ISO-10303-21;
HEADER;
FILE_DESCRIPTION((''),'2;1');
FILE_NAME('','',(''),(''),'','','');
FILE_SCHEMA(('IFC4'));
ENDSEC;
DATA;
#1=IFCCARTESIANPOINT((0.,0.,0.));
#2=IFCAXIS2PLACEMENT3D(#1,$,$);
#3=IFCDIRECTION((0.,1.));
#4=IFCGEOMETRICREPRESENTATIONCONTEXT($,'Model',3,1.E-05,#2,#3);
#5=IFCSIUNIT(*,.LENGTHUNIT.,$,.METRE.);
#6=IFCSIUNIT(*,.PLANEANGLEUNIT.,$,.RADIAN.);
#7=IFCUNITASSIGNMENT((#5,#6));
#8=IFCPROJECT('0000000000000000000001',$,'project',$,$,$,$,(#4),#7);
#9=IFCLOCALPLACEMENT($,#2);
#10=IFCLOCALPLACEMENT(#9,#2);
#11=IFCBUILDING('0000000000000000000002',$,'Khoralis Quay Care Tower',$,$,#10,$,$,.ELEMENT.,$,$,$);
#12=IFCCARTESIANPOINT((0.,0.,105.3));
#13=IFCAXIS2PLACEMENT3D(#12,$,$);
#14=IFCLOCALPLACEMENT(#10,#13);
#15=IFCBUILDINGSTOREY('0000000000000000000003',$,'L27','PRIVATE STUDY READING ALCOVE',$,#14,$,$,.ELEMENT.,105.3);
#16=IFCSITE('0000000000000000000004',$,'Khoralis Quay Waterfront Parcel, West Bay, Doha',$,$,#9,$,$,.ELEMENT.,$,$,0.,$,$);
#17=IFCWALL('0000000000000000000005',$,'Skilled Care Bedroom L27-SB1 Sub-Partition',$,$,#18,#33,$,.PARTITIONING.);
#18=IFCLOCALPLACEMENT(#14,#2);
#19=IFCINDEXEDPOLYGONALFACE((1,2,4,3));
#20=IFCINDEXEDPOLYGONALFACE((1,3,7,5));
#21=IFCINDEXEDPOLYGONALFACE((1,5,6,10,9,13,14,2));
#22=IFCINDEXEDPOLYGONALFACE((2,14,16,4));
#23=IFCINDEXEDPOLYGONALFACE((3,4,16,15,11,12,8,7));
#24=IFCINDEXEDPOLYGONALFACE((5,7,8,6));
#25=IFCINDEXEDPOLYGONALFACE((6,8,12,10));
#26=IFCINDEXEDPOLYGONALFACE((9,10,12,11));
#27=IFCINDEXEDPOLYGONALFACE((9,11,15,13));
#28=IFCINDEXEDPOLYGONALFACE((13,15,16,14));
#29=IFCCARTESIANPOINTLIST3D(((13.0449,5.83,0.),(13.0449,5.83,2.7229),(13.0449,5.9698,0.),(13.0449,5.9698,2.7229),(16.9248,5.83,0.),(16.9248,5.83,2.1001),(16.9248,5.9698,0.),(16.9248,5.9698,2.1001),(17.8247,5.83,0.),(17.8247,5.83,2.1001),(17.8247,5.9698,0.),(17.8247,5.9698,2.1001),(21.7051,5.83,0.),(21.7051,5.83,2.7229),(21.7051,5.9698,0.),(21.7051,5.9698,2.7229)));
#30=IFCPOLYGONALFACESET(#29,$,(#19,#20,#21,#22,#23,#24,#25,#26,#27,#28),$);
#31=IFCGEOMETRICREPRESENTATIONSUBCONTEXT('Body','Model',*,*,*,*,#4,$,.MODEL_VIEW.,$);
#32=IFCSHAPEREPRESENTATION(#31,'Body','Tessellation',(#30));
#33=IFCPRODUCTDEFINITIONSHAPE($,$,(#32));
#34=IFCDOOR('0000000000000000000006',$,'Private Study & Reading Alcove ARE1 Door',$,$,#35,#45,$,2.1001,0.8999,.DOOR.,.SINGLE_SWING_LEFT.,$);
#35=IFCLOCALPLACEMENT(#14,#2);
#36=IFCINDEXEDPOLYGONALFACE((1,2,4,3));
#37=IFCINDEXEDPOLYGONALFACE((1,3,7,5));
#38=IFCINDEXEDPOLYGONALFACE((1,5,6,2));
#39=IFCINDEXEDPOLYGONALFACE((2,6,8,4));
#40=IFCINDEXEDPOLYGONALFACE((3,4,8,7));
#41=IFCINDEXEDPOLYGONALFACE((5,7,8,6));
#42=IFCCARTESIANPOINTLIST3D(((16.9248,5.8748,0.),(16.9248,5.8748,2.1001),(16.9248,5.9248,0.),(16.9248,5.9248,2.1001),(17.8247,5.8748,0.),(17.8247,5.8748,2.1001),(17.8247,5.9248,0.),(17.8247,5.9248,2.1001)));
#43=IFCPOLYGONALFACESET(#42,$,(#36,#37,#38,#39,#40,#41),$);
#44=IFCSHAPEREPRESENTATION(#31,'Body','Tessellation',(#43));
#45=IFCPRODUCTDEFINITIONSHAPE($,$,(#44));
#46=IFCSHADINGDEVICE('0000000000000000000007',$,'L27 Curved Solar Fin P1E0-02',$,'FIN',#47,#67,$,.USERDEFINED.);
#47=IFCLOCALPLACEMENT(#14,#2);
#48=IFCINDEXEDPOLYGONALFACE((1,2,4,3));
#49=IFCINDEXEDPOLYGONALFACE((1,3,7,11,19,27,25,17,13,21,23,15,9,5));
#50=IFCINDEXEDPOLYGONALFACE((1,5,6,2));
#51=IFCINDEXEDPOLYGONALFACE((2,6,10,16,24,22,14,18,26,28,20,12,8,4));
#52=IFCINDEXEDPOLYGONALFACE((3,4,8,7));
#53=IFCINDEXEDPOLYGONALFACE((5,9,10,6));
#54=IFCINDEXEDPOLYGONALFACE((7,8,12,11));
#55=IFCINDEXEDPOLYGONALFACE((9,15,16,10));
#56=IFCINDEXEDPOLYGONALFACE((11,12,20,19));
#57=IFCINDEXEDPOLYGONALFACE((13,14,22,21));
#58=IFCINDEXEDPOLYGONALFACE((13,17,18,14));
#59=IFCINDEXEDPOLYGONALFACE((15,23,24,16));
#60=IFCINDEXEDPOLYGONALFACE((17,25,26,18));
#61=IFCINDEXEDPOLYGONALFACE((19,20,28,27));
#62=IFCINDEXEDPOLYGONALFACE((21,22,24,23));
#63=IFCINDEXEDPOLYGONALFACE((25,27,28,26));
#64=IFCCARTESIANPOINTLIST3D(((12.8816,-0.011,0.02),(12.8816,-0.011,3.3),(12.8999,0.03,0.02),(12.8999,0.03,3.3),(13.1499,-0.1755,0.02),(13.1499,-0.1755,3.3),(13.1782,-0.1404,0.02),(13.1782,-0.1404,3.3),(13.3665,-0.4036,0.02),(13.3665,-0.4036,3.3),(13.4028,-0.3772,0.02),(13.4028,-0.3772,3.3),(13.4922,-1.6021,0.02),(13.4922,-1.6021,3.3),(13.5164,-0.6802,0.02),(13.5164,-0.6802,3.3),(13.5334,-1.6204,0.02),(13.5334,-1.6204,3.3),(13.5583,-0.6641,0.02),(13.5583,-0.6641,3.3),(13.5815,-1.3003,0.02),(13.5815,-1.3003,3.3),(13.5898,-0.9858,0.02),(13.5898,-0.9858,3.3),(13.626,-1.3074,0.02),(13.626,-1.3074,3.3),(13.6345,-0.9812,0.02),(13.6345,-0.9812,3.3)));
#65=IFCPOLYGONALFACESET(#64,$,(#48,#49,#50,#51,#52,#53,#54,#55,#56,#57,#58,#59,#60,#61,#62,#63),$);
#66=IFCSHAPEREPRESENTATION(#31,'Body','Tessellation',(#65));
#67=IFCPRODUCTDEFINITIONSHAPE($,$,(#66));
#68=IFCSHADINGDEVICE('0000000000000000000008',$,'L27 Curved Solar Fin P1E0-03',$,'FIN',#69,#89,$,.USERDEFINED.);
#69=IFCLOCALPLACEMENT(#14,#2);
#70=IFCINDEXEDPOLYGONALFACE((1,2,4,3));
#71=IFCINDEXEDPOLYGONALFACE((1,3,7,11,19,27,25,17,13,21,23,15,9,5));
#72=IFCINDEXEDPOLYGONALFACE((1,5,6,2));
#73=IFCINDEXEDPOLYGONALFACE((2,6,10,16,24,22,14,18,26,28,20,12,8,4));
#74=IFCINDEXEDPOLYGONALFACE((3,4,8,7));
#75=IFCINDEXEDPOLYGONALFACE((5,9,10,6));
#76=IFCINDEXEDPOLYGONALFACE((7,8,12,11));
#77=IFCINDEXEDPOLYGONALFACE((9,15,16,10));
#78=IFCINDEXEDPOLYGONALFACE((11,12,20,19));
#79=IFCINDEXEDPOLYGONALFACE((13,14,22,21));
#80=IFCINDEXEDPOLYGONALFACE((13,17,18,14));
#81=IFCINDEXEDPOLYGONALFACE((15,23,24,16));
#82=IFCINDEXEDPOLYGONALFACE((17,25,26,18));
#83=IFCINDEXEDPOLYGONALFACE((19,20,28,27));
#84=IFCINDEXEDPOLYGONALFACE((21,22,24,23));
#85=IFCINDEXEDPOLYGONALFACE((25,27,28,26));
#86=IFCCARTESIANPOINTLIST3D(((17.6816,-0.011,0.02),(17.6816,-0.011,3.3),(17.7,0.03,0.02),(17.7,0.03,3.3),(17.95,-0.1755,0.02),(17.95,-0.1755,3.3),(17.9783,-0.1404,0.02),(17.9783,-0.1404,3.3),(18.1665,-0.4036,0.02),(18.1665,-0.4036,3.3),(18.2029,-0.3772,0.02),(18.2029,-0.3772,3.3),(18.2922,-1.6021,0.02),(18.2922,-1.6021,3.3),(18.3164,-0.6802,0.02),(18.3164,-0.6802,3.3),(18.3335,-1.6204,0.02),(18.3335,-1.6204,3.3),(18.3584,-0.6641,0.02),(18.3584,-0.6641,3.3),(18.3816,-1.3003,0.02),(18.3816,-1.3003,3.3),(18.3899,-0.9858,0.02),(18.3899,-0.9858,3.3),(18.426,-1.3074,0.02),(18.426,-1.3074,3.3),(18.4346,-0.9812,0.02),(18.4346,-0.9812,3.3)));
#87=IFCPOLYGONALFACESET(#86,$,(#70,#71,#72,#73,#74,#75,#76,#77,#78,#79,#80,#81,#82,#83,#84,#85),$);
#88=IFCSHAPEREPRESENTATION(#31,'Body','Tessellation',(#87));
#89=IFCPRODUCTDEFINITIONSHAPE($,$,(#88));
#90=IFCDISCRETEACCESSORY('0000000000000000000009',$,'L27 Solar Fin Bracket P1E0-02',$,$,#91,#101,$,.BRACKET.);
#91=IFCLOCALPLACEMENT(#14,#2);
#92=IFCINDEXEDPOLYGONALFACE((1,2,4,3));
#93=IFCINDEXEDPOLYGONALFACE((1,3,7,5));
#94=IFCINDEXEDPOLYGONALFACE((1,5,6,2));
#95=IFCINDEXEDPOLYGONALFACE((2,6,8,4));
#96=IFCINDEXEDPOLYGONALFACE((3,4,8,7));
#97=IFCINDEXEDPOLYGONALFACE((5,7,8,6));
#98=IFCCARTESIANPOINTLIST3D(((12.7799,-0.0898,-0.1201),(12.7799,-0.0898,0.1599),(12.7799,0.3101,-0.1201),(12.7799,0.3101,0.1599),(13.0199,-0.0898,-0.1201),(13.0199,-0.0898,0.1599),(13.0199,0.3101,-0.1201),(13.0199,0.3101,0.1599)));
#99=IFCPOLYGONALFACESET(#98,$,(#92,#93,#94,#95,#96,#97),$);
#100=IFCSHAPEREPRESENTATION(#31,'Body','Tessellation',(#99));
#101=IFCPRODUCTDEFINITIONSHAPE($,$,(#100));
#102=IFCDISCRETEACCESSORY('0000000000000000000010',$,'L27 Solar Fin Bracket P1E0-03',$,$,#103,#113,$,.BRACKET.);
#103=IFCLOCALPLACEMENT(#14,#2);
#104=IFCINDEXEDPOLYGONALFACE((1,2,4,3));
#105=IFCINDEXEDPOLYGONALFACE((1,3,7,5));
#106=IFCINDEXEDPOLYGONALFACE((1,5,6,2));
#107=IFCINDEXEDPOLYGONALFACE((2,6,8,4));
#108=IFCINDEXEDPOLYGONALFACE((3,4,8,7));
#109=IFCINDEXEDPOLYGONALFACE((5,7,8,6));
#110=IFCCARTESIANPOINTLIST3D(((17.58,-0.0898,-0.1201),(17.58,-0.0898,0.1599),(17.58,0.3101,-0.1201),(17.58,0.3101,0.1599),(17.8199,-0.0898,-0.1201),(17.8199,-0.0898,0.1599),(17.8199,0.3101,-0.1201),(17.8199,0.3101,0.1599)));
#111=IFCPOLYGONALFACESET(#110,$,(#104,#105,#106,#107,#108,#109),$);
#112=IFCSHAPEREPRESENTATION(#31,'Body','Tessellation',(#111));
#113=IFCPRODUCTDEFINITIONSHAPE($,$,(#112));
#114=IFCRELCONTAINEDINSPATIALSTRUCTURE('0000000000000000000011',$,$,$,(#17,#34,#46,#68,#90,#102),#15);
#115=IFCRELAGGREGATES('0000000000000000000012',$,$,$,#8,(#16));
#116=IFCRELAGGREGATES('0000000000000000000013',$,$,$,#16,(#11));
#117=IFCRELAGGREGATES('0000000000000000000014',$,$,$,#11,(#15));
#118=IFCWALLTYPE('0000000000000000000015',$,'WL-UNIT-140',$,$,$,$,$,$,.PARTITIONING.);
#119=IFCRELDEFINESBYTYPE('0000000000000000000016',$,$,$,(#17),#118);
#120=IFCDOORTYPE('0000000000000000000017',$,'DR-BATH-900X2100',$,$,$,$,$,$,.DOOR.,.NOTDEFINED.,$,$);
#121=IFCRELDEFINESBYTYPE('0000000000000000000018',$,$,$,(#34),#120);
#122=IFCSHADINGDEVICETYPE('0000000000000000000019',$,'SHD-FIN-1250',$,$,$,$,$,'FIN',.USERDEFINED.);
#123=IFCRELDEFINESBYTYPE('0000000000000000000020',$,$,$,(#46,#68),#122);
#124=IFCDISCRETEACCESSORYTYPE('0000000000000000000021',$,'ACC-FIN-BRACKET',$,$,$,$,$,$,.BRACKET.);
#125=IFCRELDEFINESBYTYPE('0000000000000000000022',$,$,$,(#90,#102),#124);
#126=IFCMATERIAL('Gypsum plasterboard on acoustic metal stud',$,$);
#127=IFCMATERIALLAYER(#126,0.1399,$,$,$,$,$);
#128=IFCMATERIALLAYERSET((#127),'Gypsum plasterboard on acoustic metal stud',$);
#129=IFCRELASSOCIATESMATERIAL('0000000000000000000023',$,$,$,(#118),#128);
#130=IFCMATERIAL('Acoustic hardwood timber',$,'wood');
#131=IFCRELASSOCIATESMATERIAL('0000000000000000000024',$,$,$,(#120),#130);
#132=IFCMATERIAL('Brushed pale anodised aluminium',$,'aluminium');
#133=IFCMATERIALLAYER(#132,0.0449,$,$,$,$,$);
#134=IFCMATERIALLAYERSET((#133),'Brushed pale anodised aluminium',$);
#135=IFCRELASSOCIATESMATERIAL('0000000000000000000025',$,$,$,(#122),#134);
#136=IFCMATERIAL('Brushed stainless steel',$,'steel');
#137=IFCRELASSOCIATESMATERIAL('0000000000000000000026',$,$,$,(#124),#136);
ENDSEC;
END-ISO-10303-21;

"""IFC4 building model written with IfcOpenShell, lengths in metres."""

from ifc_helpers import new_model, si_unit, direction, frame, frame_2d, origin, origin_2d, place, context, subcontext, project, spatial, polyline, rectangle, outline, extrude, source, transform, mapped, material, layer, layer_set, type_object, element, fill, save


model = new_model("IFC4")

# Units and contexts
model_context = context("Model", 3, precision=1e-05, world=origin(), true_north=direction((0.0, 1.0)))
body_context = subcontext(model_context, "Body", "Model", "MODEL_VIEW")
ifc_project = project(units=[si_unit("LENGTHUNIT", "METRE"), si_unit("PLANEANGLEUNIT", "RADIAN")], contexts=[model_context])

# Site, building, storey
site_placement = place(None, origin())
site = spatial("IfcSite", under=ifc_project, at=site_placement, Name="Khoralis Quay Waterfront Parcel, West Bay, Doha", CompositionType="ELEMENT", RefElevation=0.0)
building_placement = place(site_placement, origin())
building = spatial("IfcBuilding", under=site, at=building_placement, Name="Khoralis Quay Care Tower", CompositionType="ELEMENT")
storey_placement = place(building_placement, frame((0.0, 0.0, 105.3)))
storey = spatial("IfcBuildingStorey", under=building, at=storey_placement, Name="L27", Description="PRIVATE STUDY READING ALCOVE", CompositionType="ELEMENT", Elevation=105.3)

# Shared definitions
ifc_material_1 = material(Name="Gypsum plasterboard on acoustic metal stud")
ifc_layer_1 = layer(ifc_material_1, 0.1399)
ifc_layer_set_1 = layer_set([ifc_layer_1], Name="Gypsum plasterboard on acoustic metal stud")
wall_type = type_object("IfcWallType", Name="WL-UNIT-140", PredefinedType="PARTITIONING", material=ifc_layer_set_1)

# Wall, opening, door
wall_1_placement = place(storey_placement, frame((13.0449, 5.8999, 0.0), z_axis=(0.0, 0.0, 1.0), x_axis=(1.0, 0.0, 0.0)))
wall_1 = element("IfcWall", 1, at=wall_1_placement, inside=storey, type_object=wall_type, Name="Skilled Care Bedroom L27-SB1 Sub-Partition", PredefinedType="PARTITIONING", context=body_context, shape_type="SweptSolid", body=[
    extrude(rectangle(XDim=8.6602, YDim=0.1399, at=frame_2d((4.3301, 0.0))), origin(), (0.0, 0.0, 1.0), 2.7229),
])
opening_placement = place(wall_1_placement, frame((3.8799, 0.0, 0.0)))
opening = element("IfcOpeningElement", 2, at=opening_placement, cuts=wall_1, PredefinedType="OPENING", context=body_context, shape_type="SweptSolid", body=[
    extrude(rectangle(XDim=0.8999, YDim=2.1001, at=frame_2d((0.45, 1.05))), frame((0.0, 0.0801, 0.0), z_axis=(0.0, -1.0, 0.0), x_axis=(1.0, 0.0, 0.0)), (0.0, 0.0, 1.0), 0.1599),
])
ifc_material_2 = material(Name="Acoustic hardwood timber", Category="wood")
door_type = type_object("IfcDoorType", Name="DR-BATH-900X2100", OperationType="NOTDEFINED", PredefinedType="DOOR", material=ifc_material_2)
shared_shape_1 = source(origin(), body_context, "Body", "SweptSolid", [
    extrude(rectangle(XDim=0.8999, YDim=2.1001, at=frame_2d((0.45, 1.05))), frame((0.0, 0.0249, 0.0), z_axis=(0.0, -1.0, 0.0), x_axis=(1.0, 0.0, 0.0)), (0.0, 0.0, 1.0), 0.05),
])
door_placement = place(opening_placement, origin())
door = element("IfcDoor", 3, at=door_placement, inside=storey, type_object=door_type, Name="Private Study & Reading Alcove ARE1 Door", OperationType="SINGLE_SWING_LEFT", OverallHeight=2.1001, OverallWidth=0.8999, PredefinedType="DOOR", context=body_context, shape_type="MappedRepresentation", body=[
    mapped(shared_shape_1, transform((0.0, 0.0, 0.0), scale=1.0)),
])
fill(opening, door)

# Shading devices
ifc_material_3 = material(Name="Brushed pale anodised aluminium", Category="aluminium")
ifc_layer_2 = layer(ifc_material_3, 0.0449)
ifc_layer_set_2 = layer_set([ifc_layer_2], Name="Brushed pale anodised aluminium")
shading_device_type = type_object("IfcShadingDeviceType", Name="SHD-FIN-1250", ElementType="FIN", PredefinedType="USERDEFINED", material=ifc_layer_set_2)
shared_shape_2 = source(origin(), body_context, "Body", "SweptSolid", [
    extrude(outline(polyline([(0.0, 0.0), (0.1704, 0.2783), (0.4072, 0.5029), (0.6941, 0.6584), (1.0112, 0.7346), (1.3374, 0.7261), (1.6504, 0.6335), (1.6321, 0.5923), (1.3303, 0.6816), (1.0159, 0.6899), (0.7102, 0.6165), (0.4336, 0.4666), (0.2056, 0.25), (0.041, -0.0183), (0.0, 0.0)])), origin(), (0.0, 0.0, 1.0), 3.28),
])
for number, where, z_axis, x_axis, name in (
    (4, (12.8999, 0.03, 0.02), (0.0, 0.0, 1.0), (0.0, -1.0, 0.0), "L27 Curved Solar Fin P1E0-02"),
    (5, (17.7, 0.03, 0.02), (0.0, 0.0, 1.0), (0.0, -1.0, 0.0), "L27 Curved Solar Fin P1E0-03"),
):
    element("IfcShadingDevice", number, at=place(storey_placement, frame(where, z_axis=z_axis, x_axis=x_axis)), inside=storey, type_object=shading_device_type, Name=name, ObjectType="FIN", PredefinedType="USERDEFINED", context=body_context, shape_type="MappedRepresentation", body=[
        mapped(shared_shape_2, transform((0.0, 0.0, 0.0), scale=1.0)),
    ])

# Discrete accessories
ifc_material_4 = material(Name="Brushed stainless steel", Category="steel")
discrete_accessory_type = type_object("IfcDiscreteAccessoryType", Name="ACC-FIN-BRACKET", PredefinedType="BRACKET", material=ifc_material_4)
shared_shape_3 = source(origin(), body_context, "Body", "SweptSolid", [
    extrude(rectangle(XDim=0.3999, YDim=0.24, at=origin_2d()), origin(), (0.0, 0.0, 1.0), 0.28),
])
for number, where, z_axis, x_axis, name in (
    (6, (12.8999, 0.1101, -0.1201), (0.0, 0.0, 1.0), (0.0, -1.0, 0.0), "L27 Solar Fin Bracket P1E0-02"),
    (7, (17.7, 0.1101, -0.1201), (0.0, 0.0, 1.0), (0.0, -1.0, 0.0), "L27 Solar Fin Bracket P1E0-03"),
):
    element("IfcDiscreteAccessory", number, at=place(storey_placement, frame(where, z_axis=z_axis, x_axis=x_axis)), inside=storey, type_object=discrete_accessory_type, Name=name, PredefinedType="BRACKET", context=body_context, shape_type="MappedRepresentation", body=[
        mapped(shared_shape_3, transform((0.0, 0.0, 0.0), scale=1.0)),
    ])

save(model, "model.ifc")
